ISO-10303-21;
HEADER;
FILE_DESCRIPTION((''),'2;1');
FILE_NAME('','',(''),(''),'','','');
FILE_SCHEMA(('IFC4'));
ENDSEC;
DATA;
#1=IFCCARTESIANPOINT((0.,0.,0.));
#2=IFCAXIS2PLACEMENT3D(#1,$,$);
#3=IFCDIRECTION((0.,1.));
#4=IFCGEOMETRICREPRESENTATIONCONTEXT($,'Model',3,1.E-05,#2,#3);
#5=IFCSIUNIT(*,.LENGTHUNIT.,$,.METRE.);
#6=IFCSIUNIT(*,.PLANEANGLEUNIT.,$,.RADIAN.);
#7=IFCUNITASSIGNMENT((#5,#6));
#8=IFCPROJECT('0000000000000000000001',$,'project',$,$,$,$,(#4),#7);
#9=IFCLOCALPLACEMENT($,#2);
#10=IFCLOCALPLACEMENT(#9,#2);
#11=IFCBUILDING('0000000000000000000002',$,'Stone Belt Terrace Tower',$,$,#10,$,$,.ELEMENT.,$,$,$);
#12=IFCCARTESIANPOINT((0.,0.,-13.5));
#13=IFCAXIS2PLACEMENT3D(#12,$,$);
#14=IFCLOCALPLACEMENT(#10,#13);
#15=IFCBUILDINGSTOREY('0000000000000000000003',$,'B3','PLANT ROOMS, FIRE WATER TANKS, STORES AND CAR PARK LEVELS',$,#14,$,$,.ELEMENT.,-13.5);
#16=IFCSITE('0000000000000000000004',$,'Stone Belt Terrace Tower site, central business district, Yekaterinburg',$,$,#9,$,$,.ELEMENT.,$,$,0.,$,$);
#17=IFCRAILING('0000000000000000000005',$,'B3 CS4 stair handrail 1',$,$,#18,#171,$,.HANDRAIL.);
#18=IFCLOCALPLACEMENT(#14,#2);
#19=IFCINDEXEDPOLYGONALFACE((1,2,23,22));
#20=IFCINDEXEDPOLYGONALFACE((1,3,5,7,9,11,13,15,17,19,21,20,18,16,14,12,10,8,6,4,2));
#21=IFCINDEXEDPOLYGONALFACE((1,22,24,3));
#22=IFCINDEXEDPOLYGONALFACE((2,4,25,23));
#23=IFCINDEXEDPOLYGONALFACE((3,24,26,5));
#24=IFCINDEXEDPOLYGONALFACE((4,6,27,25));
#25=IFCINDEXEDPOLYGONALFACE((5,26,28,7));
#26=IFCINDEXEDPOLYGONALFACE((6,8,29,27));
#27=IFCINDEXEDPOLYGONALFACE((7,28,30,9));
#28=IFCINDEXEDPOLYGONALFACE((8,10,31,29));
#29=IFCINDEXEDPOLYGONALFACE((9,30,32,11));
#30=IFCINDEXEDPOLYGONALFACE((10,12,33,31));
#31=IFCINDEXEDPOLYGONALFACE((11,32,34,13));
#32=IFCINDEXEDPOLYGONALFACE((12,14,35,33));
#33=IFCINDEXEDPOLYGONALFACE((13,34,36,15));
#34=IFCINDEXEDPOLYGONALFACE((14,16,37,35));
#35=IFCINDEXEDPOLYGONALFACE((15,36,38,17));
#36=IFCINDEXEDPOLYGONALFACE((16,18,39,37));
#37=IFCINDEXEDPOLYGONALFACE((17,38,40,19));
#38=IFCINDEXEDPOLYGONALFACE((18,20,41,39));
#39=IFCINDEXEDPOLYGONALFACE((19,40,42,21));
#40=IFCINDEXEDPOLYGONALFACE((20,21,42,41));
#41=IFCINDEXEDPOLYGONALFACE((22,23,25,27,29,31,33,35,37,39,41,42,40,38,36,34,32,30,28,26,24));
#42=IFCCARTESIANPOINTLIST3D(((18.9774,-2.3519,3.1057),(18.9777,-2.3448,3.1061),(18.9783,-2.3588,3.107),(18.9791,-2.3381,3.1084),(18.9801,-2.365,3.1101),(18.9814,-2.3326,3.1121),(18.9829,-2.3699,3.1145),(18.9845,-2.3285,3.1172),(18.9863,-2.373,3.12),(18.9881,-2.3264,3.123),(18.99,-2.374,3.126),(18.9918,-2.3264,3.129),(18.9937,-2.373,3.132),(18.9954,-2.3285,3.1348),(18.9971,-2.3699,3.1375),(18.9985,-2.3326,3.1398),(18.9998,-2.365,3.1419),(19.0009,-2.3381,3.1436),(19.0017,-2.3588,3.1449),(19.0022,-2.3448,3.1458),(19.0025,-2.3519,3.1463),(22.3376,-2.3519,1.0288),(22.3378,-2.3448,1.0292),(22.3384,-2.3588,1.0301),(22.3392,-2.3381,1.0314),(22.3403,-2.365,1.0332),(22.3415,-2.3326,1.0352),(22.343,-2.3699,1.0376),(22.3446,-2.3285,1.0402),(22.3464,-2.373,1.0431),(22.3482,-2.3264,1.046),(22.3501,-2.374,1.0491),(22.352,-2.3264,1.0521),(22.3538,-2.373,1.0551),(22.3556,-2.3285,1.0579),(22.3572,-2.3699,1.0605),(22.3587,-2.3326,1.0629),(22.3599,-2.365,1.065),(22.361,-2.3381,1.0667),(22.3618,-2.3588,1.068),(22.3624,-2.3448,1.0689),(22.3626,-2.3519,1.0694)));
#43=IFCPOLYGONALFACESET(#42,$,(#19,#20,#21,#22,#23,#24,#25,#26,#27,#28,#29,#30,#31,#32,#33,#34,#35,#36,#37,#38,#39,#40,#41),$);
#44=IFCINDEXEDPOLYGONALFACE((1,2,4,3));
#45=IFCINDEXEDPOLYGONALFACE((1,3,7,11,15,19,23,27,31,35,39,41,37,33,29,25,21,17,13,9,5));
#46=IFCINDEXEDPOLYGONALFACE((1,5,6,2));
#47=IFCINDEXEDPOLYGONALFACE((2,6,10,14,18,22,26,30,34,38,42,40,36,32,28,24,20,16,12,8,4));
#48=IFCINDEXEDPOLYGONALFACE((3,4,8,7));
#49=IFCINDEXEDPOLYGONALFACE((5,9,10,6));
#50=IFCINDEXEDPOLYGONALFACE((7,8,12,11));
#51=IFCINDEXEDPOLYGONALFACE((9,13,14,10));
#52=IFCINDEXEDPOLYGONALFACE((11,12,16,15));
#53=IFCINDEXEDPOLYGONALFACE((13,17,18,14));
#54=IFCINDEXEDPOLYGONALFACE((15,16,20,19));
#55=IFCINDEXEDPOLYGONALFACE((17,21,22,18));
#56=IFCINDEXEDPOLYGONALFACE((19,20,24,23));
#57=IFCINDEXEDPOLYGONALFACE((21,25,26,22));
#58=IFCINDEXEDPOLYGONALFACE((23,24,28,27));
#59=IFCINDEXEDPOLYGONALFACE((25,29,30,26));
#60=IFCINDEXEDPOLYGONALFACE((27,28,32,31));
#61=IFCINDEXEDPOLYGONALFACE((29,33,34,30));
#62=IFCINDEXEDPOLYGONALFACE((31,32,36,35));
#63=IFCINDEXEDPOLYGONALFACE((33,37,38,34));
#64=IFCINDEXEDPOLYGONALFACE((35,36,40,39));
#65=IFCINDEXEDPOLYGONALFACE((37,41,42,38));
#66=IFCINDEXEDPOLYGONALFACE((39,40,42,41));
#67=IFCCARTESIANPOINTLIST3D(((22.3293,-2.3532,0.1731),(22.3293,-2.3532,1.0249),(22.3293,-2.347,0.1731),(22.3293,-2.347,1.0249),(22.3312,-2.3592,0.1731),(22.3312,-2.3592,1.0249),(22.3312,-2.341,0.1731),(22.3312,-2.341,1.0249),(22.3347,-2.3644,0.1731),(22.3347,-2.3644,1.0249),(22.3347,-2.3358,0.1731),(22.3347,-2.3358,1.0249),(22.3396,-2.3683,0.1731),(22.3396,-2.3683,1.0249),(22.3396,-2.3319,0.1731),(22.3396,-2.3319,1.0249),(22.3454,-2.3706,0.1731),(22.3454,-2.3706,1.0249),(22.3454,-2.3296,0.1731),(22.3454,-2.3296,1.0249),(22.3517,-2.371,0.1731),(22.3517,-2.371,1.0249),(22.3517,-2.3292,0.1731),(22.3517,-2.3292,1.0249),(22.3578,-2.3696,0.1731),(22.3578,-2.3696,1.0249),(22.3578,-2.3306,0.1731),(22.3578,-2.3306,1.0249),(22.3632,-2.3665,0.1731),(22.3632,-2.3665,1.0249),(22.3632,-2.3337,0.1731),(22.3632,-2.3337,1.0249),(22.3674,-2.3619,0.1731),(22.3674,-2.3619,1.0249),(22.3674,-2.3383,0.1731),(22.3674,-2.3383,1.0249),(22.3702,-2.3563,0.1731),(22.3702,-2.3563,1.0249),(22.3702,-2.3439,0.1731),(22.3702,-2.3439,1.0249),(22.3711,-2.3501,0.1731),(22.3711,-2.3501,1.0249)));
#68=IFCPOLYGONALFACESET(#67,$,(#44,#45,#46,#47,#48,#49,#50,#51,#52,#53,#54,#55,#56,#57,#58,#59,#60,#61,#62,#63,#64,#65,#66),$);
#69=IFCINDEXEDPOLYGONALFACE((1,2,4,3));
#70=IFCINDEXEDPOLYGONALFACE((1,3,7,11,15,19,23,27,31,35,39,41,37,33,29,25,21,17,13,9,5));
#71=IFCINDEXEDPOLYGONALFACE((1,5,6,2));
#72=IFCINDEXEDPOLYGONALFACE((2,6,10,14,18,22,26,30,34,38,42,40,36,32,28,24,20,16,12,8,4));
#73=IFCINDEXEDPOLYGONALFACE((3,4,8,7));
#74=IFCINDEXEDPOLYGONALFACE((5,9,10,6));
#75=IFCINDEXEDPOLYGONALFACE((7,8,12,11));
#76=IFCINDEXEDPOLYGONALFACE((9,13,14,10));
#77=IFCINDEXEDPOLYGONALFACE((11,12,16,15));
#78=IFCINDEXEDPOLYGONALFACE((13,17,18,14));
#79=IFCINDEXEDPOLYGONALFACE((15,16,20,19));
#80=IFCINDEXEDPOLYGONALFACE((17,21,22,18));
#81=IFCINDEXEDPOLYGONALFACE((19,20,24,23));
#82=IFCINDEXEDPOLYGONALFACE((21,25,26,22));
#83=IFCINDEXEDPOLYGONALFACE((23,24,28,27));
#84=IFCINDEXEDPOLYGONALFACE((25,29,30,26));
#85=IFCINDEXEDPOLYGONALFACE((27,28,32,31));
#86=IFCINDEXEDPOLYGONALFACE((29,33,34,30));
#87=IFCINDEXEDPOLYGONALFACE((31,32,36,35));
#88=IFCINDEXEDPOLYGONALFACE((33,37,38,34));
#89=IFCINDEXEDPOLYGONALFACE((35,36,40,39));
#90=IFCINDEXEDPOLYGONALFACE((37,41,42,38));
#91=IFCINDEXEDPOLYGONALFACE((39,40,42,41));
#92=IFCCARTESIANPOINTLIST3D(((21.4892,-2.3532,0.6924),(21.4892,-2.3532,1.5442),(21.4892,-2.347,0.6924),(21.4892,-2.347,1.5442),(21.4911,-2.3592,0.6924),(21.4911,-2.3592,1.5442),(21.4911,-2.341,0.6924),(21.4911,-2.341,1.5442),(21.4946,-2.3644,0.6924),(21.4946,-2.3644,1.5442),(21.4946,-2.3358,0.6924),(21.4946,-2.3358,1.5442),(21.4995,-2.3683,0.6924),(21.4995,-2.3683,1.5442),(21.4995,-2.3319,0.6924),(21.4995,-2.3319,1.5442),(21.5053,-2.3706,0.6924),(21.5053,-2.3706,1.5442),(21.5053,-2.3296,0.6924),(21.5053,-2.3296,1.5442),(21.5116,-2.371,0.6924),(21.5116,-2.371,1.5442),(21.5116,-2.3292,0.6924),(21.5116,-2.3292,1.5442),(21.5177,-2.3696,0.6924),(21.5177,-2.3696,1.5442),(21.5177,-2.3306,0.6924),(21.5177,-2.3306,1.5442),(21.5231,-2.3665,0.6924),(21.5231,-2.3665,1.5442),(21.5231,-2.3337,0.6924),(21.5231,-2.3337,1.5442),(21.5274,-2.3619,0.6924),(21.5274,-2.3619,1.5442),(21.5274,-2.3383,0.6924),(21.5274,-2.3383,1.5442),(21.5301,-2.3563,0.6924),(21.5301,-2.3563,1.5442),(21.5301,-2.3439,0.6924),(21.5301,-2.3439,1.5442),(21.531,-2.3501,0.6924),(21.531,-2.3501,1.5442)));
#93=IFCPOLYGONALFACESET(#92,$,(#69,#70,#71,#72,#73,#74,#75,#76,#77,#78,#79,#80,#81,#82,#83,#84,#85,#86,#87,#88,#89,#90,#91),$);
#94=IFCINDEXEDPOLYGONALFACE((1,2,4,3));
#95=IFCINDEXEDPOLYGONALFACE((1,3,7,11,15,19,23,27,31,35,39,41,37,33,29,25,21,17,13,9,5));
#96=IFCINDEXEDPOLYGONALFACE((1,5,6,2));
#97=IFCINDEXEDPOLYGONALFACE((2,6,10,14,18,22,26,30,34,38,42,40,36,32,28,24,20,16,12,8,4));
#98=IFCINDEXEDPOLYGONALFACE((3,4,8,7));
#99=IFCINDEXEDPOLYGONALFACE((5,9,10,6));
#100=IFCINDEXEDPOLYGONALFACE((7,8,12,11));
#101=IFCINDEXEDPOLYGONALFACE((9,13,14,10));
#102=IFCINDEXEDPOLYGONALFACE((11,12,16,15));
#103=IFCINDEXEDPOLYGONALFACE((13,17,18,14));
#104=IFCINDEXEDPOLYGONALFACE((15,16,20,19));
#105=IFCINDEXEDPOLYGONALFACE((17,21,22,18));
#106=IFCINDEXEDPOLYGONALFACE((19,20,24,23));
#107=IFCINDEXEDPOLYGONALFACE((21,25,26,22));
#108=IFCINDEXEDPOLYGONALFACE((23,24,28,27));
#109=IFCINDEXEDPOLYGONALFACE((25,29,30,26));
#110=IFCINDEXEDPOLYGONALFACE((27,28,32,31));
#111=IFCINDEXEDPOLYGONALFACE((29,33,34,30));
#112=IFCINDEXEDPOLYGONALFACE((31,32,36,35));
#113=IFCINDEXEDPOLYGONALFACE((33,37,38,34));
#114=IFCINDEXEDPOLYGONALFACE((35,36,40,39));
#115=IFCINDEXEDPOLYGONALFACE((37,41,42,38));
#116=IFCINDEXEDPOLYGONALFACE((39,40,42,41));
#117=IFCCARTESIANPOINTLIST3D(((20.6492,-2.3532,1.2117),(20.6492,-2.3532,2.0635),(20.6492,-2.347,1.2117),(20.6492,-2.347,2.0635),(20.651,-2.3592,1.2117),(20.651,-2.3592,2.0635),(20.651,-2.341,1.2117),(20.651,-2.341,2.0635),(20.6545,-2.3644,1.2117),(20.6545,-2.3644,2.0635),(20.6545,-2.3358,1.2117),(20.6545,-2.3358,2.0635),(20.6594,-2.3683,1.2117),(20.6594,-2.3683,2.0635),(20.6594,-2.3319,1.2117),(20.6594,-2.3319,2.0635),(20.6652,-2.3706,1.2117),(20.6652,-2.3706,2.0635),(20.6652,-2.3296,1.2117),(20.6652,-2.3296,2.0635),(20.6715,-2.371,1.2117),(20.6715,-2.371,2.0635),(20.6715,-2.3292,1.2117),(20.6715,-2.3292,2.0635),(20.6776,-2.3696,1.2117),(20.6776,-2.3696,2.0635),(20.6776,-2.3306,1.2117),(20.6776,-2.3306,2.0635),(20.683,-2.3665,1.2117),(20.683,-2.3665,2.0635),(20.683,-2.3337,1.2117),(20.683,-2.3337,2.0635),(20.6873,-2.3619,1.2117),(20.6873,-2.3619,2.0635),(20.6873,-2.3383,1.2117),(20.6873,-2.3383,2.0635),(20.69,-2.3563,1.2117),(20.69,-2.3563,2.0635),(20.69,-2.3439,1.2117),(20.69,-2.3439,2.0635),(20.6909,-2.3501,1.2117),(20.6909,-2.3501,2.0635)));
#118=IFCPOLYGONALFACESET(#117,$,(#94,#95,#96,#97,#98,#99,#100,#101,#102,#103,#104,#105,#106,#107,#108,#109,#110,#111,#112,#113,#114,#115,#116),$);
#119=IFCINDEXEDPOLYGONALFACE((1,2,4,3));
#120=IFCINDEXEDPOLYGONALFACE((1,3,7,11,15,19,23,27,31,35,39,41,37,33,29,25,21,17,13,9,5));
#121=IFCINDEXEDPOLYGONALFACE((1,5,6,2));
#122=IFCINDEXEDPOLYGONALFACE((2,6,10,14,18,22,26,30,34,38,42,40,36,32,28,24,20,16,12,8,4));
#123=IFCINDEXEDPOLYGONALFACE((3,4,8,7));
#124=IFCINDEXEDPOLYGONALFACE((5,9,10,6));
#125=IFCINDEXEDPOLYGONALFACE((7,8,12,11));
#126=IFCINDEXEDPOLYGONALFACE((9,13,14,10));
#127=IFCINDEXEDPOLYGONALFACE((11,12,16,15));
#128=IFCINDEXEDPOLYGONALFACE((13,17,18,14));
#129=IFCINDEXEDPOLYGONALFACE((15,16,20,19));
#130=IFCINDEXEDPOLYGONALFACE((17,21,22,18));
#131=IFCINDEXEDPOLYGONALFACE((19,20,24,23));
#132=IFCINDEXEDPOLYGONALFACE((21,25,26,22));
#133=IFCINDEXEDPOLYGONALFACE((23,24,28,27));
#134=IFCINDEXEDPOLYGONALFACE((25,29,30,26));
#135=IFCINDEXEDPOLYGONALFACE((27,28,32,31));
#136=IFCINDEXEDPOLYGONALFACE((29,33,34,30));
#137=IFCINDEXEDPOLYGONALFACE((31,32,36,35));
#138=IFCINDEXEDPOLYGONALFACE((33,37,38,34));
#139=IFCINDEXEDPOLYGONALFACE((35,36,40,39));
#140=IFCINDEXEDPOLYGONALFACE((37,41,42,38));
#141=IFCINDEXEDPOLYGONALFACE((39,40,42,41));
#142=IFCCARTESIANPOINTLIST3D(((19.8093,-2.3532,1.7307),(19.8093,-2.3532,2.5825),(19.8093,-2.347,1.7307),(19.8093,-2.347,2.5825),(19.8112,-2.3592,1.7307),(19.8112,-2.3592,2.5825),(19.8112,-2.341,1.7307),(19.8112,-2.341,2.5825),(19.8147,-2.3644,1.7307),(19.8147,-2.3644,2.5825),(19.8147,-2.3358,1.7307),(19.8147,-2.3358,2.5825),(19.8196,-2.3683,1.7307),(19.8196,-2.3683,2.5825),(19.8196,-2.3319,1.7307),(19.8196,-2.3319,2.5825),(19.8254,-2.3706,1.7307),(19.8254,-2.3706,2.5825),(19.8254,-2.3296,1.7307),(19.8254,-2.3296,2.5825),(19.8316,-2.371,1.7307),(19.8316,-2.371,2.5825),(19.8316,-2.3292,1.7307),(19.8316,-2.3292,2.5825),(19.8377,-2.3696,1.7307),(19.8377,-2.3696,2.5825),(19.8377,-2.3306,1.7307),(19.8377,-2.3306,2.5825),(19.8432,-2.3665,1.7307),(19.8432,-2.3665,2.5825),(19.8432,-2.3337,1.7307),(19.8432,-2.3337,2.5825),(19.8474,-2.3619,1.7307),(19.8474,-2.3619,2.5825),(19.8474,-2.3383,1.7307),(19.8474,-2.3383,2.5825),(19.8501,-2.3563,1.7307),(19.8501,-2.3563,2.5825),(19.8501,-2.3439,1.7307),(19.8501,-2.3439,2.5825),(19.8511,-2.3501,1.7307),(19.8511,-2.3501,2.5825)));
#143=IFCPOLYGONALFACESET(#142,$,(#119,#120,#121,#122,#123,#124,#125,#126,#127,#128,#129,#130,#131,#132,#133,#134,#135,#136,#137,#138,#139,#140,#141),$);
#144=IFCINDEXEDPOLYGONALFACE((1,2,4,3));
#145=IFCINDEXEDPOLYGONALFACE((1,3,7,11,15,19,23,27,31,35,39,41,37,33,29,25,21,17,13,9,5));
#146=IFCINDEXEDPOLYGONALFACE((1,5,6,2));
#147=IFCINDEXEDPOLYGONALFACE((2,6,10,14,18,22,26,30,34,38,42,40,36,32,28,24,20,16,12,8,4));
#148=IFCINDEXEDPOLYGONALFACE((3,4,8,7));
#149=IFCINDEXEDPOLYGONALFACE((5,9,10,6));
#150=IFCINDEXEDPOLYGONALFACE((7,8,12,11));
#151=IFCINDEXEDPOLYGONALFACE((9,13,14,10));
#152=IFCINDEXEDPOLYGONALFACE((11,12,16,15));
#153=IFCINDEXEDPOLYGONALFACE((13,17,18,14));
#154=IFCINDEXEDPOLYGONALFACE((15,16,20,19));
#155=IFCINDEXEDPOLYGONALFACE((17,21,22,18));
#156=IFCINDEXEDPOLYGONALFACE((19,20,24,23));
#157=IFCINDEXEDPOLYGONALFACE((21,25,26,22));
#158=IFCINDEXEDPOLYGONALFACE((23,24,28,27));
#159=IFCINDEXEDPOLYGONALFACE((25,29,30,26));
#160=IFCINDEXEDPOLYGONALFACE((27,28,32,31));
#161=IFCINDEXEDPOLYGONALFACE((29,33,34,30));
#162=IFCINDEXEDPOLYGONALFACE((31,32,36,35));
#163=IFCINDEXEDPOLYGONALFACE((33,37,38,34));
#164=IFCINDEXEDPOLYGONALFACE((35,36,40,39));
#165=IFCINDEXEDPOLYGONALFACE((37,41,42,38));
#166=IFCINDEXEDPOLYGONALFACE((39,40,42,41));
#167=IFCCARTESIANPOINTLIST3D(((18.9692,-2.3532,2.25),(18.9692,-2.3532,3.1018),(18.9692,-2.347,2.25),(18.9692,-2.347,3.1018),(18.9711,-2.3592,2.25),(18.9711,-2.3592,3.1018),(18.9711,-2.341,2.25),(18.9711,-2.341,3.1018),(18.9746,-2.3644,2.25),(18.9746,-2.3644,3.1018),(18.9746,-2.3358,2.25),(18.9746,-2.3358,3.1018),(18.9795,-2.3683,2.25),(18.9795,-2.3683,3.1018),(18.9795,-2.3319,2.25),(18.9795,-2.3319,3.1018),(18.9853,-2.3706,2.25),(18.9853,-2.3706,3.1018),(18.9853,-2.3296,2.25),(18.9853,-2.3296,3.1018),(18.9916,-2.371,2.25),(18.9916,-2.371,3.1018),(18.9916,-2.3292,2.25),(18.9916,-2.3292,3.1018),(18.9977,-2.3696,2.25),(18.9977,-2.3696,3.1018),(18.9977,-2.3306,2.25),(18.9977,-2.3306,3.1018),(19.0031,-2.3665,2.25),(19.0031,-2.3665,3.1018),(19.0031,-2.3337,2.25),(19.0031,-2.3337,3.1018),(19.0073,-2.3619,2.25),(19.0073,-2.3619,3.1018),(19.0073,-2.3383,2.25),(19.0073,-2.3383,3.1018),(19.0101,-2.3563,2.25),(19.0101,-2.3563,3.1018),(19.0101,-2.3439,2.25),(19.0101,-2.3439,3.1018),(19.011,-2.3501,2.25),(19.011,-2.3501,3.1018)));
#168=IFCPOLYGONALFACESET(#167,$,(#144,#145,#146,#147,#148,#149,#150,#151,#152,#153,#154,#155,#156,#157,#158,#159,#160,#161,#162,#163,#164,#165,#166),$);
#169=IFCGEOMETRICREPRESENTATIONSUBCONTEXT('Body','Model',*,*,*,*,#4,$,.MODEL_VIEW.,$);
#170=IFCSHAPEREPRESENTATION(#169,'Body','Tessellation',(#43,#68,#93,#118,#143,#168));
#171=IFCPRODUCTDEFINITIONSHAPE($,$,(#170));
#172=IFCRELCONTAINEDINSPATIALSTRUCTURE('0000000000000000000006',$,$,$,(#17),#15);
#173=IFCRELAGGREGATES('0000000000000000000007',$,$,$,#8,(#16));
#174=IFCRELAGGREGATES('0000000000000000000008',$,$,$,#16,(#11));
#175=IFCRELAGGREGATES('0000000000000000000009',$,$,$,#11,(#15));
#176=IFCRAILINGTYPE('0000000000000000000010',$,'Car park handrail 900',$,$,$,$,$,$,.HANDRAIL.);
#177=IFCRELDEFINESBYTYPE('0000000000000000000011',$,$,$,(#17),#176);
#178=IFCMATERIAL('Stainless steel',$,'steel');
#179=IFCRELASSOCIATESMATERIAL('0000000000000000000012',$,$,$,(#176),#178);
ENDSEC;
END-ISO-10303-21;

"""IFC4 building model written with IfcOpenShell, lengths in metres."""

from ifc_helpers import new_model, si_unit, direction, frame, origin, origin_2d, place, context, subcontext, project, spatial, circle, extrude, material, type_object, element, save


model = new_model("IFC4")

# Units and contexts
model_context = context("Model", 3, precision=1e-05, world=origin(), true_north=direction((0.0, 1.0)))
body_context = subcontext(model_context, "Body", "Model", "MODEL_VIEW")
ifc_project = project(units=[si_unit("LENGTHUNIT", "METRE"), si_unit("PLANEANGLEUNIT", "RADIAN")], contexts=[model_context])

# Site, building, storey
site_placement = place(None, origin())
site = spatial("IfcSite", under=ifc_project, at=site_placement, Name="Stone Belt Terrace Tower site, central business district, Yekaterinburg", CompositionType="ELEMENT", RefElevation=0.0)
building_placement = place(site_placement, origin())
building = spatial("IfcBuilding", under=site, at=building_placement, Name="Stone Belt Terrace Tower", CompositionType="ELEMENT")
storey_placement = place(building_placement, frame((0.0, 0.0, -13.5)))
storey = spatial("IfcBuildingStorey", under=building, at=storey_placement, Name="B3", Description="PLANT ROOMS, FIRE WATER TANKS, STORES AND CAR PARK LEVELS", CompositionType="ELEMENT", Elevation=-13.5)

# Railing
ifc_material_1 = material(Name="Stainless steel", Category="steel")
railing_type_1 = type_object("IfcRailingType", Name="Car park handrail 900", PredefinedType="HANDRAIL", material=ifc_material_1)
railing_1_placement = place(storey_placement, frame((22.3501, -2.3501, 0.1731)))
element("IfcRailing", 1, at=railing_1_placement, inside=storey, type_object=railing_type_1, Name="B3 CS4 stair handrail 1", PredefinedType="HANDRAIL", context=body_context, shape_type="SweptSolid", body=[
    extrude(circle(Radius=0.0239, at=origin_2d()), frame((0.0, 0.0, 0.876), z_axis=(-0.850623, 0.0, 0.525776), x_axis=(0.0, -1.0, 0.0)), (0.0, 0.0, 1.0), 3.9502),
    extrude(circle(Radius=0.021, at=origin_2d()), origin(), (0.0, 0.0, 1.0), 0.8518),
    extrude(circle(Radius=0.021, at=origin_2d()), frame((-0.8401, 0.0, 0.5193)), (0.0, 0.0, 1.0), 0.8518),
    extrude(circle(Radius=0.021, at=origin_2d()), frame((-1.6802, 0.0, 1.0386)), (0.0, 0.0, 1.0), 0.8518),
    extrude(circle(Radius=0.021, at=origin_2d()), frame((-2.52, 0.0, 1.5576)), (0.0, 0.0, 1.0), 0.8518),
    extrude(circle(Radius=0.021, at=origin_2d()), frame((-3.3601, 0.0, 2.0769)), (0.0, 0.0, 1.0), 0.8518),
])

save(model, "model.ifc")
